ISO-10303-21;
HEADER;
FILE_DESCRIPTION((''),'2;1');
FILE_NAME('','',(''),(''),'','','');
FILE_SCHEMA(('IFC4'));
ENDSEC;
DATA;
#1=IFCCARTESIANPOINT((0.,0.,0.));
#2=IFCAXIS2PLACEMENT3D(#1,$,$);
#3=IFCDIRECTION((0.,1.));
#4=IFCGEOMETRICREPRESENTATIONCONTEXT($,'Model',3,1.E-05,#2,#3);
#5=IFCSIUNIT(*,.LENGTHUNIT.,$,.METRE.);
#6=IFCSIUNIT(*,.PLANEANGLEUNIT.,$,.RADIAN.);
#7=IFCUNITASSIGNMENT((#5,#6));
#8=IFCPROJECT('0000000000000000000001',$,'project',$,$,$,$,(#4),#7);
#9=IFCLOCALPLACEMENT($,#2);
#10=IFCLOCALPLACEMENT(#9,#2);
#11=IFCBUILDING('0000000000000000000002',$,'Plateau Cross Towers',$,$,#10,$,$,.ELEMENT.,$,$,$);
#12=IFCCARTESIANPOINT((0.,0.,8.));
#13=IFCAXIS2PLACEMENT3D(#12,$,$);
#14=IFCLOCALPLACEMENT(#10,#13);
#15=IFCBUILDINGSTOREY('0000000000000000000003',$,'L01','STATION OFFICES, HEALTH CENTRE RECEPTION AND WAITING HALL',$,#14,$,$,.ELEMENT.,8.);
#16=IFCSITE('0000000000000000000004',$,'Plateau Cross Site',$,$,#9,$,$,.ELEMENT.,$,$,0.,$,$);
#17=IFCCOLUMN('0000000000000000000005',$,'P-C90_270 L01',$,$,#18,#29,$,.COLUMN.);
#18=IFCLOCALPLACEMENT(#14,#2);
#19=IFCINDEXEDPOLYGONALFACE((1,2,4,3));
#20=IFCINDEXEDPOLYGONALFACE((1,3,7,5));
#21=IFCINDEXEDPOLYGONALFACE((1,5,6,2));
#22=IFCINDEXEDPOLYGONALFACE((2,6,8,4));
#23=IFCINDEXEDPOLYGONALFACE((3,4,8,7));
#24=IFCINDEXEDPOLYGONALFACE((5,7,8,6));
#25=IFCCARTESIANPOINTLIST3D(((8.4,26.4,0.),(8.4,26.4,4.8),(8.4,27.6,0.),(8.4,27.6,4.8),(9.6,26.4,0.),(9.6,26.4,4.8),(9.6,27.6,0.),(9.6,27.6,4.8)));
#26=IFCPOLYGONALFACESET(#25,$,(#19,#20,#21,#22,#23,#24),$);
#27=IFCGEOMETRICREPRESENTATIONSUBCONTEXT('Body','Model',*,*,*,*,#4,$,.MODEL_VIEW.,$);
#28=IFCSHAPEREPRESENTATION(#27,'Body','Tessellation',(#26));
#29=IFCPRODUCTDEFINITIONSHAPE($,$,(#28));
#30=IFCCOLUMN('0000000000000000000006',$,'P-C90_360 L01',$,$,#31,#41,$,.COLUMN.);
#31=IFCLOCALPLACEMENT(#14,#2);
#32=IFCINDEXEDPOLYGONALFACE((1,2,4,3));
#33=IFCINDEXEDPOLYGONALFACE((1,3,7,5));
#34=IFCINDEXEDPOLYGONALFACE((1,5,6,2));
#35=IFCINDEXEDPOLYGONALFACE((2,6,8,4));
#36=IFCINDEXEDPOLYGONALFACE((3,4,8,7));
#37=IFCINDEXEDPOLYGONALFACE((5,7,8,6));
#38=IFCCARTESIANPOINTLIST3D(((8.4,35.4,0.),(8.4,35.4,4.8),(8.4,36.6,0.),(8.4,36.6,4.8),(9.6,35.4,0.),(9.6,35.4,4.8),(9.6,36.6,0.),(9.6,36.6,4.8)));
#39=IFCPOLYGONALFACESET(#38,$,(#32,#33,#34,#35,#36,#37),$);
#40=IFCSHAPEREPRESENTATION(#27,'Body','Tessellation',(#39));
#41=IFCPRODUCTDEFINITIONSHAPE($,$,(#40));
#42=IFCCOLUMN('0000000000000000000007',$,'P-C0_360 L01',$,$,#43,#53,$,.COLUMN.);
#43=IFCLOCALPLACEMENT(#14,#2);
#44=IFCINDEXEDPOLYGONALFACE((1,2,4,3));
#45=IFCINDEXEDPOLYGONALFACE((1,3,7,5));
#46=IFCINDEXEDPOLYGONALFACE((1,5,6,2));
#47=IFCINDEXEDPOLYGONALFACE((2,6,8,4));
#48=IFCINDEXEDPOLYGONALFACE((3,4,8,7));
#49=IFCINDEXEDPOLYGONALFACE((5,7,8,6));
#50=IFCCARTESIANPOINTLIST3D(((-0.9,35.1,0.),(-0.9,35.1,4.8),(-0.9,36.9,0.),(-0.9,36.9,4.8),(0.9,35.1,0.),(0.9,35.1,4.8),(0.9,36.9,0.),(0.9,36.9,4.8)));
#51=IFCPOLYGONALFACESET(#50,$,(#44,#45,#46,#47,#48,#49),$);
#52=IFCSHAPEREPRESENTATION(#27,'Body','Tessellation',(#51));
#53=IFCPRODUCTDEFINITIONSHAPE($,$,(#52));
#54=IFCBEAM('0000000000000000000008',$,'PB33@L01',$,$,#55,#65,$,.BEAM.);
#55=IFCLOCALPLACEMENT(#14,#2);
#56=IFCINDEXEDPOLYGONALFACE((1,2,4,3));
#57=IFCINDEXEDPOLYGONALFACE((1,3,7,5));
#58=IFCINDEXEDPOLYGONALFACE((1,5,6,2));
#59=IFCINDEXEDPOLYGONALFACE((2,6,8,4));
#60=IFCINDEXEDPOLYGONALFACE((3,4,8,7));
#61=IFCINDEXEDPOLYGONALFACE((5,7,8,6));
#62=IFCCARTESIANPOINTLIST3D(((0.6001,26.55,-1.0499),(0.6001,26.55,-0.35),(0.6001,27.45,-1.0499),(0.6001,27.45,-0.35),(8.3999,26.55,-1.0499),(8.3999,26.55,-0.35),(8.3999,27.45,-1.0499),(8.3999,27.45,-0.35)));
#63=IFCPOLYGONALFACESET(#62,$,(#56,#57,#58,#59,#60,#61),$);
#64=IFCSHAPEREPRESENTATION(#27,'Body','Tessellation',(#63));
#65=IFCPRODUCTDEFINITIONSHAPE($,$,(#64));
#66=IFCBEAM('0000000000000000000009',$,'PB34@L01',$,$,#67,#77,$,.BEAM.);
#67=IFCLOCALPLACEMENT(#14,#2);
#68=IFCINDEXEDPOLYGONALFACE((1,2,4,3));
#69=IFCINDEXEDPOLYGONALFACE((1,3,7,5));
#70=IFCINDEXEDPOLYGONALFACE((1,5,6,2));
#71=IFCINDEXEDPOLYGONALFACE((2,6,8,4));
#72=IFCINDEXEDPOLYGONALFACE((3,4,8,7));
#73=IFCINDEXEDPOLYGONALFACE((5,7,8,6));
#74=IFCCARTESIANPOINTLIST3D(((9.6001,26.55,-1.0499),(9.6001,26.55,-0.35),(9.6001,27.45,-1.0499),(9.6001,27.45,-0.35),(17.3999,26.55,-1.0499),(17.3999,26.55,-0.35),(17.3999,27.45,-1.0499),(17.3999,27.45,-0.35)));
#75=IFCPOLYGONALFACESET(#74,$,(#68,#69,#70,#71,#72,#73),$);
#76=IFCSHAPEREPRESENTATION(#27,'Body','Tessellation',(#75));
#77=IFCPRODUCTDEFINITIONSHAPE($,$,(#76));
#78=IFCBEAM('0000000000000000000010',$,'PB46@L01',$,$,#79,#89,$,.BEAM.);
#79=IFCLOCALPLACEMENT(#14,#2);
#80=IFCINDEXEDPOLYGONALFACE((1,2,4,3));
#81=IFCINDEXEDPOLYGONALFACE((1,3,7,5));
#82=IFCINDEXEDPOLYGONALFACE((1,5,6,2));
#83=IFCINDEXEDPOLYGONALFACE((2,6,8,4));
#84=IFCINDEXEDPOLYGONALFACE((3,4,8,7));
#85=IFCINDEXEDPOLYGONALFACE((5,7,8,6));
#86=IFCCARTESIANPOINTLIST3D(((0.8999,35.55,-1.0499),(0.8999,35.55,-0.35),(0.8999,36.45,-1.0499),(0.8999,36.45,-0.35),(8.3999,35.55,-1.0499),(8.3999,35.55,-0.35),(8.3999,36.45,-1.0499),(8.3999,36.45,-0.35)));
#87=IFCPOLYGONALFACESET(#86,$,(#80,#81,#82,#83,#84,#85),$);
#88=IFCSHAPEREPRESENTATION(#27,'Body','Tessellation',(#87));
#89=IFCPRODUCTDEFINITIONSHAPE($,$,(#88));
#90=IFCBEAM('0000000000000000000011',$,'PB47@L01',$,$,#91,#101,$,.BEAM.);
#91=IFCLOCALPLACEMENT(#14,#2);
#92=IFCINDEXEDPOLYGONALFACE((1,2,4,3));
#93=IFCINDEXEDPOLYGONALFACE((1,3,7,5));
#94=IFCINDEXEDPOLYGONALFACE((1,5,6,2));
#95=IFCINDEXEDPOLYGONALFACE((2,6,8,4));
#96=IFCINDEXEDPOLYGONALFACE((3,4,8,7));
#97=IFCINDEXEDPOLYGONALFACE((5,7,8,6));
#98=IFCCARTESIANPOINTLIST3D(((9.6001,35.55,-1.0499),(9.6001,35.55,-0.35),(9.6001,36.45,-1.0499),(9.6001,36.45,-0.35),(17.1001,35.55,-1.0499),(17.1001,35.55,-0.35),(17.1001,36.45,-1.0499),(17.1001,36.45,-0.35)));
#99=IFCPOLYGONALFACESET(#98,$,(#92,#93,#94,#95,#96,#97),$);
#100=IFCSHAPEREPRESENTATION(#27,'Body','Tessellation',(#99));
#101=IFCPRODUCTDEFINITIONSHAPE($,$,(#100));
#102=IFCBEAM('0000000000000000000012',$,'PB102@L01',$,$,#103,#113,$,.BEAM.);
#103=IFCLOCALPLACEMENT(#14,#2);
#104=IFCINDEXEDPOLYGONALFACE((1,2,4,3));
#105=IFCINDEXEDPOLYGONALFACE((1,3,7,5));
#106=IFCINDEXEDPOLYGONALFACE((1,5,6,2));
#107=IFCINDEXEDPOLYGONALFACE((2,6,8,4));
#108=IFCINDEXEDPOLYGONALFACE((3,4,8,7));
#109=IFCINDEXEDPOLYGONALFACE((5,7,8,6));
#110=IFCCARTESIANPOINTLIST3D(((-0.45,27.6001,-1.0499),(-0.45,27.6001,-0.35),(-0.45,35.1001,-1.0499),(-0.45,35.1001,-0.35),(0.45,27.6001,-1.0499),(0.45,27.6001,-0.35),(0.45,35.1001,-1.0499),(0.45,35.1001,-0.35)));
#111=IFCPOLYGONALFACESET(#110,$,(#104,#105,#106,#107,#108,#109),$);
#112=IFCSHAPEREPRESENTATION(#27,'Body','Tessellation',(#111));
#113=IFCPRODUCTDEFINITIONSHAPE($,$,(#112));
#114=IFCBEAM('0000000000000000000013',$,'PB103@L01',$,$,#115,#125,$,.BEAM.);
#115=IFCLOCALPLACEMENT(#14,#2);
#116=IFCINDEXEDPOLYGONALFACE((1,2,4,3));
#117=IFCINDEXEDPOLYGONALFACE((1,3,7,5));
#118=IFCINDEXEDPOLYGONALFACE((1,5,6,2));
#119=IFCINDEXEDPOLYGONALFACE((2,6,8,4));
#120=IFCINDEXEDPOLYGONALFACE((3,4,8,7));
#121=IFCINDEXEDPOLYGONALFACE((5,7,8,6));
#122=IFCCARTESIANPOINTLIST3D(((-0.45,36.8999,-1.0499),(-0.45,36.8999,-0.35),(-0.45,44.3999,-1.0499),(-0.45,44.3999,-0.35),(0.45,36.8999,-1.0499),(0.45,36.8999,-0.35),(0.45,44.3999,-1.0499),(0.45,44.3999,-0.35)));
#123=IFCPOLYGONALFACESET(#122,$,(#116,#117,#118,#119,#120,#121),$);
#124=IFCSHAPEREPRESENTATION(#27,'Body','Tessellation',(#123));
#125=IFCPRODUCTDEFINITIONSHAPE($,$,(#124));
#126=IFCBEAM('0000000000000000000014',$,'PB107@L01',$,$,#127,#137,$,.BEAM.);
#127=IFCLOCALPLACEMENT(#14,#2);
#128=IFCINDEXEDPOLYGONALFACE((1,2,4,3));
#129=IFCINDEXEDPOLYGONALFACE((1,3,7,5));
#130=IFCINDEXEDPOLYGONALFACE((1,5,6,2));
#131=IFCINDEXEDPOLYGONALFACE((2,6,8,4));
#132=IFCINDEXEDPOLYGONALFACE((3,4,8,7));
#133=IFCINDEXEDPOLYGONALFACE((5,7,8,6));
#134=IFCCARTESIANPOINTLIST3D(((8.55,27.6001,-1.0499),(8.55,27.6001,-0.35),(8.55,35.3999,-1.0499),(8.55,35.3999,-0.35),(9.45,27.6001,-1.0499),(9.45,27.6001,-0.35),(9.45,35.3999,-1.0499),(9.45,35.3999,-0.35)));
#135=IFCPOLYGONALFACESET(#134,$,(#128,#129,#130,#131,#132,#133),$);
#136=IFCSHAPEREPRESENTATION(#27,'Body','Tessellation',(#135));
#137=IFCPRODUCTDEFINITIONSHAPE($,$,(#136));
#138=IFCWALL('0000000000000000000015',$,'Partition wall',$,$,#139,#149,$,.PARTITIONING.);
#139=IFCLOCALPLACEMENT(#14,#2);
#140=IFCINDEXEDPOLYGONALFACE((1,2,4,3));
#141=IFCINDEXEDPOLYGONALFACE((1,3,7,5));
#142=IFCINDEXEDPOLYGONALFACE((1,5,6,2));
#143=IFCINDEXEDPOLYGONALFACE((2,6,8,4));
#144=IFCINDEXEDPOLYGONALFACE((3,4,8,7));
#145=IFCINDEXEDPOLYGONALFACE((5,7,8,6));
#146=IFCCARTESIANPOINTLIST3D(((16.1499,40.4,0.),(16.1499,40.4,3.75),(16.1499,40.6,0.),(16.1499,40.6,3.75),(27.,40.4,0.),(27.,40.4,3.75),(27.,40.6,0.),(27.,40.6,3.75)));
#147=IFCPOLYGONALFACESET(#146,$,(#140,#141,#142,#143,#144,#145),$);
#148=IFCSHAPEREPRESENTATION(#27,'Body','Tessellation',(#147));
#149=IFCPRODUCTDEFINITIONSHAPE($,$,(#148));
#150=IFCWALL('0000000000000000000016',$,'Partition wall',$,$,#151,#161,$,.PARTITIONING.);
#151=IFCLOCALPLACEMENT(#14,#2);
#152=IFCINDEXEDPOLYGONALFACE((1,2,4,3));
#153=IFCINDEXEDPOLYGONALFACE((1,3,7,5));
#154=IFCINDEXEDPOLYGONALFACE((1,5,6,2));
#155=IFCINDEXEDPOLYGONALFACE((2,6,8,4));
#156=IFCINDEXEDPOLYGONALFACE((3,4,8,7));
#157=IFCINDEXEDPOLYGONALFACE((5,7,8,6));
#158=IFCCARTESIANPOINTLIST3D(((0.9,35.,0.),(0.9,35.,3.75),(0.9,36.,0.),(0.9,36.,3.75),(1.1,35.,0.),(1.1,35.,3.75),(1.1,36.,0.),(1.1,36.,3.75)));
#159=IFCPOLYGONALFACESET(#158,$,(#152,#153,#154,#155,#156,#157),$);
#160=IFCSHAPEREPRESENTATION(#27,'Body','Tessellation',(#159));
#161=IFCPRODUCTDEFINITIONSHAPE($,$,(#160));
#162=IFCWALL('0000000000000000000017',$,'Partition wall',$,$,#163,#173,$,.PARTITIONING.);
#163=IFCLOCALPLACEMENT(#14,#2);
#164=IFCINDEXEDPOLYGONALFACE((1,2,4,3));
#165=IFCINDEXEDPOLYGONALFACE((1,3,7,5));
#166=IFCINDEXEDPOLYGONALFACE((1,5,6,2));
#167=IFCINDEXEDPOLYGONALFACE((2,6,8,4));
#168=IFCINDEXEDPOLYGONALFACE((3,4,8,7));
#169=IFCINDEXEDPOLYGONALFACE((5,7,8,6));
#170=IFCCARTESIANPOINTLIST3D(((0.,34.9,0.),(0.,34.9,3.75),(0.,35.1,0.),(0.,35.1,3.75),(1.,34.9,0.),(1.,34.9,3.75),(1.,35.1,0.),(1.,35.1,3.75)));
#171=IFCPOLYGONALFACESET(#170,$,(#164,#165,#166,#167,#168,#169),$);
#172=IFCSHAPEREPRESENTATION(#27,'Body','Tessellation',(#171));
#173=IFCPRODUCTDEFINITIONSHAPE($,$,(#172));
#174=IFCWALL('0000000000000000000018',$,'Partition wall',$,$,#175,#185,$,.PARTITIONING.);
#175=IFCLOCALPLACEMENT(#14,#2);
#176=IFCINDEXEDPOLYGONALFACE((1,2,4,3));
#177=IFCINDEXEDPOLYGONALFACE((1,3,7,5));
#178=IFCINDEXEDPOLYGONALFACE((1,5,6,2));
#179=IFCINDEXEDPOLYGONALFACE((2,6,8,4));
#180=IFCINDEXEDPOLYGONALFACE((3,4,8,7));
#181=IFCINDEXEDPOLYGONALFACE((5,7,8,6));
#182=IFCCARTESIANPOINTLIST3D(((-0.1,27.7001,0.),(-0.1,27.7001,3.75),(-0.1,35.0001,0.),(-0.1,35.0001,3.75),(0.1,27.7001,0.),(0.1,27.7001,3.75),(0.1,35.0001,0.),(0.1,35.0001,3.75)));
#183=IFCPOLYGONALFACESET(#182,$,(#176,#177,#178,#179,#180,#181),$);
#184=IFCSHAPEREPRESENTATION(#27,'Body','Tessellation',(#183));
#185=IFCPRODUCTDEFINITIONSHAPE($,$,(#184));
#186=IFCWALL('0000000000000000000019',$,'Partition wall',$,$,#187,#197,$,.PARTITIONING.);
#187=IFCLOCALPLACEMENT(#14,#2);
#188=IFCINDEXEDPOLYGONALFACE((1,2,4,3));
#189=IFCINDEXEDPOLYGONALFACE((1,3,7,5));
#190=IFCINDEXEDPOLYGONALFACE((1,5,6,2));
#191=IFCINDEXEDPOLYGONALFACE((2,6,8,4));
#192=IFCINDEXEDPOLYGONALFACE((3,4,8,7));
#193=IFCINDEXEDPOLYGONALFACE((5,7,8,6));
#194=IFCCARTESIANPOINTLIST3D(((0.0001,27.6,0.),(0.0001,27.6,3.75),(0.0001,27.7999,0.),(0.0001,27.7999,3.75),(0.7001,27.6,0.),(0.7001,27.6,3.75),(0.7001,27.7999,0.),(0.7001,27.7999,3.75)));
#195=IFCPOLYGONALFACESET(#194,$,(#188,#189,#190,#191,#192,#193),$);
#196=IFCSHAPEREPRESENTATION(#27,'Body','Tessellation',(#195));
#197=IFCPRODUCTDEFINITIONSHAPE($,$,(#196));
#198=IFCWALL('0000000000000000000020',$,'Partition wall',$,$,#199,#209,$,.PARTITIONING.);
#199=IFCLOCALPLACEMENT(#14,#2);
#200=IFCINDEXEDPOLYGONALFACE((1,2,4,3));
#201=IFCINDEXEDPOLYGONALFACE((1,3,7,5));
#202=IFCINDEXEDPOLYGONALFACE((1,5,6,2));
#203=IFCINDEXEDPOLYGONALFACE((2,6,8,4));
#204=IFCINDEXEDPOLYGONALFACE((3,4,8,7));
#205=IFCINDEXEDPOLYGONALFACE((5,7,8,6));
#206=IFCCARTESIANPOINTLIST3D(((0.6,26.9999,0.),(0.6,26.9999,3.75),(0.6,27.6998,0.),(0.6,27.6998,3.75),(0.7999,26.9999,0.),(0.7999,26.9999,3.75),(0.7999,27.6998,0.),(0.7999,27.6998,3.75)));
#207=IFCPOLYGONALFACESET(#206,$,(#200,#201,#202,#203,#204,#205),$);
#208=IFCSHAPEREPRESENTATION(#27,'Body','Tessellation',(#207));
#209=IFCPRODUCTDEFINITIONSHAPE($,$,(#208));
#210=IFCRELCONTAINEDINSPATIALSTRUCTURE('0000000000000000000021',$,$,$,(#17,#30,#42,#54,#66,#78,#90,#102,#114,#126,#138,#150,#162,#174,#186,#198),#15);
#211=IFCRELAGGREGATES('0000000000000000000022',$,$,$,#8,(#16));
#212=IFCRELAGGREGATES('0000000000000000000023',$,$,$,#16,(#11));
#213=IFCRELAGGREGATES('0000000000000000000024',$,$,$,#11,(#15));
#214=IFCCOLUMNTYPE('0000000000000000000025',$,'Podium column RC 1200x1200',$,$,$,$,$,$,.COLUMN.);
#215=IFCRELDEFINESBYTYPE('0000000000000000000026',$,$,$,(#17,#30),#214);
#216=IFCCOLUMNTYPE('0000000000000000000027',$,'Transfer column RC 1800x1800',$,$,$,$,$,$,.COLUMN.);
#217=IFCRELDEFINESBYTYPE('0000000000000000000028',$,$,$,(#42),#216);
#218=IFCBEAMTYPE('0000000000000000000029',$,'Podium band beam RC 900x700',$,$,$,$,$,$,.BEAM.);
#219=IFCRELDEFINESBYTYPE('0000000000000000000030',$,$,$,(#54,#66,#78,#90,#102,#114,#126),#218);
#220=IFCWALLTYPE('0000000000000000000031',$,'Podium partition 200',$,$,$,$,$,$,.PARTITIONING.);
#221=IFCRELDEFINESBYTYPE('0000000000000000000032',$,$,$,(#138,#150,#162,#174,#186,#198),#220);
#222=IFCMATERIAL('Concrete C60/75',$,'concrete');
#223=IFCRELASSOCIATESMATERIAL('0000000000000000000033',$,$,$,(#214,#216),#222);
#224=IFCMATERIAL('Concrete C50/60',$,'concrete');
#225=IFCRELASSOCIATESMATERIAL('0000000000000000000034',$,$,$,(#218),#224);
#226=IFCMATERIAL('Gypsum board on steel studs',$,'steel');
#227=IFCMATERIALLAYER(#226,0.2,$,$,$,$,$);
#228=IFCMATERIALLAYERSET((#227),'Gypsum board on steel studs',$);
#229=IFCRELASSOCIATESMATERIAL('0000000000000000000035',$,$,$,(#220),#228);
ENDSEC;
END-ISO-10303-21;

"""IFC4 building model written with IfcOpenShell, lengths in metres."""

from ifc_helpers import new_model, si_unit, direction, frame, frame_2d, origin, origin_2d, place, context, subcontext, project, spatial, rectangle, extrude, material, layer, layer_set, material_profile, profile_set, type_object, element, save


model = new_model("IFC4")

# Units and contexts
model_context = context("Model", 3, precision=1e-05, world=origin(), true_north=direction((0.0, 1.0)))
body_context = subcontext(model_context, "Body", "Model", "MODEL_VIEW")
ifc_project = project(units=[si_unit("LENGTHUNIT", "METRE"), si_unit("PLANEANGLEUNIT", "RADIAN")], contexts=[model_context])

# Site, building, storey
site_placement = place(None, origin())
site = spatial("IfcSite", under=ifc_project, at=site_placement, Name="Plateau Cross Site", CompositionType="ELEMENT", RefElevation=0.0)
building_placement = place(site_placement, origin())
building = spatial("IfcBuilding", under=site, at=building_placement, Name="Plateau Cross Towers", CompositionType="ELEMENT")
storey_placement = place(building_placement, frame((0.0, 0.0, 8.0)))
storey = spatial("IfcBuildingStorey", under=building, at=storey_placement, Name="L01", Description="STATION OFFICES, HEALTH CENTRE RECEPTION AND WAITING HALL", CompositionType="ELEMENT", Elevation=8.0)

# Columns
ifc_material_1 = material(Name="Concrete C60/75", Category="concrete")
ifc_material_profile_1 = material_profile(ifc_material_1, rectangle(XDim=1.2, YDim=1.2, at=origin_2d()), Name="RC 1200x1200")
ifc_profile_set_1 = profile_set([ifc_material_profile_1], Name="Concrete C60/75")
column_type_1 = type_object("IfcColumnType", Name="Podium column RC 1200x1200", PredefinedType="COLUMN", material=ifc_profile_set_1)
for number, where, z_axis, x_axis, name in (
    (1, (9.0, 27.0, 0.0), (0.0, 0.0, 1.0), (1.0, 0.0, 0.0), "P-C90_270 L01"),
    (2, (9.0, 36.0, 0.0), (0.0, 0.0, 1.0), (1.0, 0.0, 0.0), "P-C90_360 L01"),
):
    element("IfcColumn", number, at=place(storey_placement, frame(where, z_axis=z_axis, x_axis=x_axis)), inside=storey, type_object=column_type_1, Name=name, PredefinedType="COLUMN", context=body_context, shape_type="SweptSolid", body=[
        extrude(rectangle(XDim=1.2, YDim=1.2, at=origin_2d()), origin(), (0.0, 0.0, 1.0), 4.8),
    ])
ifc_material_profile_2 = material_profile(ifc_material_1, rectangle(XDim=1.8, YDim=1.8, at=origin_2d()), Name="RC 1800x1800")
ifc_profile_set_2 = profile_set([ifc_material_profile_2], Name="Concrete C60/75")
column_type_2 = type_object("IfcColumnType", Name="Transfer column RC 1800x1800", PredefinedType="COLUMN", material=ifc_profile_set_2)
column_placement = place(storey_placement, frame((0.0, 36.0, 0.0), z_axis=(0.0, 0.0, 1.0), x_axis=(1.0, 0.0, 0.0)))
element("IfcColumn", 3, at=column_placement, inside=storey, type_object=column_type_2, Name="P-C0_360 L01", PredefinedType="COLUMN", context=body_context, shape_type="SweptSolid", body=[
    extrude(rectangle(XDim=1.8, YDim=1.8, at=origin_2d()), origin(), (0.0, 0.0, 1.0), 4.8),
])

# Beams
ifc_material_2 = material(Name="Concrete C50/60", Category="concrete")
ifc_material_profile_3 = material_profile(ifc_material_2, rectangle(XDim=0.8999, YDim=0.7, at=origin_2d()), Name="RC 900x700")
ifc_profile_set_3 = profile_set([ifc_material_profile_3], Name="Concrete C50/60")
beam_type = type_object("IfcBeamType", Name="Podium band beam RC 900x700", PredefinedType="BEAM", material=ifc_profile_set_3)
for number, where, z_axis, x_axis, name in (
    (4, (0.6001, 27.0, -0.7), (1.0, 0.0, 0.0), (0.0, 1.0, 0.0), "PB33@L01"),
    (5, (9.6001, 27.0, -0.7), (1.0, 0.0, 0.0), (0.0, 1.0, 0.0), "PB34@L01"),
):
    element("IfcBeam", number, at=place(storey_placement, frame(where, z_axis=z_axis, x_axis=x_axis)), inside=storey, type_object=beam_type, Name=name, PredefinedType="BEAM", context=body_context, shape_type="SweptSolid", body=[
        extrude(rectangle(XDim=0.8999, YDim=0.7, at=origin_2d()), origin(), (0.0, 0.0, 1.0), 7.7998),
    ])
for number, where, z_axis, x_axis, name in (
    (6, (0.8999, 36.0, -0.7), (1.0, 0.0, 0.0), (0.0, 1.0, 0.0), "PB46@L01"),
    (7, (9.6001, 36.0, -0.7), (1.0, 0.0, 0.0), (0.0, 1.0, 0.0), "PB47@L01"),
    (8, (0.0, 27.6001, -0.7), (0.0, 1.0, 0.0), (-1.0, 0.0, 0.0), "PB102@L01"),
    (9, (0.0, 36.8999, -0.7), (0.0, 1.0, 0.0), (-1.0, 0.0, 0.0), "PB103@L01"),
):
    element("IfcBeam", number, at=place(storey_placement, frame(where, z_axis=z_axis, x_axis=x_axis)), inside=storey, type_object=beam_type, Name=name, PredefinedType="BEAM", context=body_context, shape_type="SweptSolid", body=[
        extrude(rectangle(XDim=0.8999, YDim=0.7, at=origin_2d()), origin(), (0.0, 0.0, 1.0), 7.5),
    ])
beam_placement = place(storey_placement, frame((9.0, 27.6001, -0.7), z_axis=(0.0, 1.0, 0.0), x_axis=(-1.0, 0.0, 0.0)))
element("IfcBeam", 10, at=beam_placement, inside=storey, type_object=beam_type, Name="PB107@L01", PredefinedType="BEAM", context=body_context, shape_type="SweptSolid", body=[
    extrude(rectangle(XDim=0.8999, YDim=0.7, at=origin_2d()), origin(), (0.0, 0.0, 1.0), 7.7998),
])

# Walls
ifc_material_3 = material(Name="Gypsum board on steel studs", Category="steel")
ifc_layer_1 = layer(ifc_material_3, 0.2)
ifc_layer_set_1 = layer_set([ifc_layer_1], Name="Gypsum board on steel studs")
wall_type_1 = type_object("IfcWallType", Name="Podium partition 200", PredefinedType="PARTITIONING", material=ifc_layer_set_1)
wall_1_placement = place(storey_placement, frame((16.1499, 40.5, 0.0), z_axis=(0.0, 0.0, 1.0), x_axis=(1.0, 0.0, 0.0)))
element("IfcWall", 11, at=wall_1_placement, inside=storey, type_object=wall_type_1, Name="Partition wall", PredefinedType="PARTITIONING", context=body_context, shape_type="SweptSolid", body=[
    extrude(rectangle(XDim=10.8501, YDim=0.2, at=frame_2d((5.425, 0.0))), origin(), (0.0, 0.0, 1.0), 3.75),
])
for number, where, z_axis, x_axis, name in (
    (12, (1.0, 36.0, 0.0), (0.0, 0.0, 1.0), (0.0, -1.0, 0.0), "Partition wall"),
    (13, (1.0, 35.0, 0.0), (0.0, 0.0, 1.0), (-1.0, 0.0, 0.0), "Partition wall"),
):
    element("IfcWall", number, at=place(storey_placement, frame(where, z_axis=z_axis, x_axis=x_axis)), inside=storey, type_object=wall_type_1, Name=name, PredefinedType="PARTITIONING", context=body_context, shape_type="SweptSolid", body=[
        extrude(rectangle(XDim=1.0, YDim=0.2, at=frame_2d((0.5, 0.0))), origin(), (0.0, 0.0, 1.0), 3.75),
    ])
wall_2_placement = place(storey_placement, frame((0.0, 35.0, 0.0), z_axis=(0.0, 0.0, 1.0), x_axis=(0.0, -1.0, 0.0)))
element("IfcWall", 14, at=wall_2_placement, inside=storey, type_object=wall_type_1, Name="Partition wall", PredefinedType="PARTITIONING", context=body_context, shape_type="SweptSolid", body=[
    extrude(rectangle(XDim=7.3, YDim=0.2, at=frame_2d((3.6499, 0.0))), origin(), (0.0, 0.0, 1.0), 3.75),
])
for number, where, z_axis, x_axis, name in (
    (15, (0.0, 27.7, 0.0), (0.0, 0.0, 1.0), (1.0, 0.0, 0.0), "Partition wall"),
    (16, (0.7, 27.7, 0.0), (0.0, 0.0, 1.0), (0.0, -1.0, 0.0), "Partition wall"),
):
    element("IfcWall", number, at=place(storey_placement, frame(where, z_axis=z_axis, x_axis=x_axis)), inside=storey, type_object=wall_type_1, Name=name, PredefinedType="PARTITIONING", context=body_context, shape_type="SweptSolid", body=[
        extrude(rectangle(XDim=0.7, YDim=0.2, at=frame_2d((0.3501, 0.0))), origin(), (0.0, 0.0, 1.0), 3.75),
    ])

save(model, "model.ifc")
